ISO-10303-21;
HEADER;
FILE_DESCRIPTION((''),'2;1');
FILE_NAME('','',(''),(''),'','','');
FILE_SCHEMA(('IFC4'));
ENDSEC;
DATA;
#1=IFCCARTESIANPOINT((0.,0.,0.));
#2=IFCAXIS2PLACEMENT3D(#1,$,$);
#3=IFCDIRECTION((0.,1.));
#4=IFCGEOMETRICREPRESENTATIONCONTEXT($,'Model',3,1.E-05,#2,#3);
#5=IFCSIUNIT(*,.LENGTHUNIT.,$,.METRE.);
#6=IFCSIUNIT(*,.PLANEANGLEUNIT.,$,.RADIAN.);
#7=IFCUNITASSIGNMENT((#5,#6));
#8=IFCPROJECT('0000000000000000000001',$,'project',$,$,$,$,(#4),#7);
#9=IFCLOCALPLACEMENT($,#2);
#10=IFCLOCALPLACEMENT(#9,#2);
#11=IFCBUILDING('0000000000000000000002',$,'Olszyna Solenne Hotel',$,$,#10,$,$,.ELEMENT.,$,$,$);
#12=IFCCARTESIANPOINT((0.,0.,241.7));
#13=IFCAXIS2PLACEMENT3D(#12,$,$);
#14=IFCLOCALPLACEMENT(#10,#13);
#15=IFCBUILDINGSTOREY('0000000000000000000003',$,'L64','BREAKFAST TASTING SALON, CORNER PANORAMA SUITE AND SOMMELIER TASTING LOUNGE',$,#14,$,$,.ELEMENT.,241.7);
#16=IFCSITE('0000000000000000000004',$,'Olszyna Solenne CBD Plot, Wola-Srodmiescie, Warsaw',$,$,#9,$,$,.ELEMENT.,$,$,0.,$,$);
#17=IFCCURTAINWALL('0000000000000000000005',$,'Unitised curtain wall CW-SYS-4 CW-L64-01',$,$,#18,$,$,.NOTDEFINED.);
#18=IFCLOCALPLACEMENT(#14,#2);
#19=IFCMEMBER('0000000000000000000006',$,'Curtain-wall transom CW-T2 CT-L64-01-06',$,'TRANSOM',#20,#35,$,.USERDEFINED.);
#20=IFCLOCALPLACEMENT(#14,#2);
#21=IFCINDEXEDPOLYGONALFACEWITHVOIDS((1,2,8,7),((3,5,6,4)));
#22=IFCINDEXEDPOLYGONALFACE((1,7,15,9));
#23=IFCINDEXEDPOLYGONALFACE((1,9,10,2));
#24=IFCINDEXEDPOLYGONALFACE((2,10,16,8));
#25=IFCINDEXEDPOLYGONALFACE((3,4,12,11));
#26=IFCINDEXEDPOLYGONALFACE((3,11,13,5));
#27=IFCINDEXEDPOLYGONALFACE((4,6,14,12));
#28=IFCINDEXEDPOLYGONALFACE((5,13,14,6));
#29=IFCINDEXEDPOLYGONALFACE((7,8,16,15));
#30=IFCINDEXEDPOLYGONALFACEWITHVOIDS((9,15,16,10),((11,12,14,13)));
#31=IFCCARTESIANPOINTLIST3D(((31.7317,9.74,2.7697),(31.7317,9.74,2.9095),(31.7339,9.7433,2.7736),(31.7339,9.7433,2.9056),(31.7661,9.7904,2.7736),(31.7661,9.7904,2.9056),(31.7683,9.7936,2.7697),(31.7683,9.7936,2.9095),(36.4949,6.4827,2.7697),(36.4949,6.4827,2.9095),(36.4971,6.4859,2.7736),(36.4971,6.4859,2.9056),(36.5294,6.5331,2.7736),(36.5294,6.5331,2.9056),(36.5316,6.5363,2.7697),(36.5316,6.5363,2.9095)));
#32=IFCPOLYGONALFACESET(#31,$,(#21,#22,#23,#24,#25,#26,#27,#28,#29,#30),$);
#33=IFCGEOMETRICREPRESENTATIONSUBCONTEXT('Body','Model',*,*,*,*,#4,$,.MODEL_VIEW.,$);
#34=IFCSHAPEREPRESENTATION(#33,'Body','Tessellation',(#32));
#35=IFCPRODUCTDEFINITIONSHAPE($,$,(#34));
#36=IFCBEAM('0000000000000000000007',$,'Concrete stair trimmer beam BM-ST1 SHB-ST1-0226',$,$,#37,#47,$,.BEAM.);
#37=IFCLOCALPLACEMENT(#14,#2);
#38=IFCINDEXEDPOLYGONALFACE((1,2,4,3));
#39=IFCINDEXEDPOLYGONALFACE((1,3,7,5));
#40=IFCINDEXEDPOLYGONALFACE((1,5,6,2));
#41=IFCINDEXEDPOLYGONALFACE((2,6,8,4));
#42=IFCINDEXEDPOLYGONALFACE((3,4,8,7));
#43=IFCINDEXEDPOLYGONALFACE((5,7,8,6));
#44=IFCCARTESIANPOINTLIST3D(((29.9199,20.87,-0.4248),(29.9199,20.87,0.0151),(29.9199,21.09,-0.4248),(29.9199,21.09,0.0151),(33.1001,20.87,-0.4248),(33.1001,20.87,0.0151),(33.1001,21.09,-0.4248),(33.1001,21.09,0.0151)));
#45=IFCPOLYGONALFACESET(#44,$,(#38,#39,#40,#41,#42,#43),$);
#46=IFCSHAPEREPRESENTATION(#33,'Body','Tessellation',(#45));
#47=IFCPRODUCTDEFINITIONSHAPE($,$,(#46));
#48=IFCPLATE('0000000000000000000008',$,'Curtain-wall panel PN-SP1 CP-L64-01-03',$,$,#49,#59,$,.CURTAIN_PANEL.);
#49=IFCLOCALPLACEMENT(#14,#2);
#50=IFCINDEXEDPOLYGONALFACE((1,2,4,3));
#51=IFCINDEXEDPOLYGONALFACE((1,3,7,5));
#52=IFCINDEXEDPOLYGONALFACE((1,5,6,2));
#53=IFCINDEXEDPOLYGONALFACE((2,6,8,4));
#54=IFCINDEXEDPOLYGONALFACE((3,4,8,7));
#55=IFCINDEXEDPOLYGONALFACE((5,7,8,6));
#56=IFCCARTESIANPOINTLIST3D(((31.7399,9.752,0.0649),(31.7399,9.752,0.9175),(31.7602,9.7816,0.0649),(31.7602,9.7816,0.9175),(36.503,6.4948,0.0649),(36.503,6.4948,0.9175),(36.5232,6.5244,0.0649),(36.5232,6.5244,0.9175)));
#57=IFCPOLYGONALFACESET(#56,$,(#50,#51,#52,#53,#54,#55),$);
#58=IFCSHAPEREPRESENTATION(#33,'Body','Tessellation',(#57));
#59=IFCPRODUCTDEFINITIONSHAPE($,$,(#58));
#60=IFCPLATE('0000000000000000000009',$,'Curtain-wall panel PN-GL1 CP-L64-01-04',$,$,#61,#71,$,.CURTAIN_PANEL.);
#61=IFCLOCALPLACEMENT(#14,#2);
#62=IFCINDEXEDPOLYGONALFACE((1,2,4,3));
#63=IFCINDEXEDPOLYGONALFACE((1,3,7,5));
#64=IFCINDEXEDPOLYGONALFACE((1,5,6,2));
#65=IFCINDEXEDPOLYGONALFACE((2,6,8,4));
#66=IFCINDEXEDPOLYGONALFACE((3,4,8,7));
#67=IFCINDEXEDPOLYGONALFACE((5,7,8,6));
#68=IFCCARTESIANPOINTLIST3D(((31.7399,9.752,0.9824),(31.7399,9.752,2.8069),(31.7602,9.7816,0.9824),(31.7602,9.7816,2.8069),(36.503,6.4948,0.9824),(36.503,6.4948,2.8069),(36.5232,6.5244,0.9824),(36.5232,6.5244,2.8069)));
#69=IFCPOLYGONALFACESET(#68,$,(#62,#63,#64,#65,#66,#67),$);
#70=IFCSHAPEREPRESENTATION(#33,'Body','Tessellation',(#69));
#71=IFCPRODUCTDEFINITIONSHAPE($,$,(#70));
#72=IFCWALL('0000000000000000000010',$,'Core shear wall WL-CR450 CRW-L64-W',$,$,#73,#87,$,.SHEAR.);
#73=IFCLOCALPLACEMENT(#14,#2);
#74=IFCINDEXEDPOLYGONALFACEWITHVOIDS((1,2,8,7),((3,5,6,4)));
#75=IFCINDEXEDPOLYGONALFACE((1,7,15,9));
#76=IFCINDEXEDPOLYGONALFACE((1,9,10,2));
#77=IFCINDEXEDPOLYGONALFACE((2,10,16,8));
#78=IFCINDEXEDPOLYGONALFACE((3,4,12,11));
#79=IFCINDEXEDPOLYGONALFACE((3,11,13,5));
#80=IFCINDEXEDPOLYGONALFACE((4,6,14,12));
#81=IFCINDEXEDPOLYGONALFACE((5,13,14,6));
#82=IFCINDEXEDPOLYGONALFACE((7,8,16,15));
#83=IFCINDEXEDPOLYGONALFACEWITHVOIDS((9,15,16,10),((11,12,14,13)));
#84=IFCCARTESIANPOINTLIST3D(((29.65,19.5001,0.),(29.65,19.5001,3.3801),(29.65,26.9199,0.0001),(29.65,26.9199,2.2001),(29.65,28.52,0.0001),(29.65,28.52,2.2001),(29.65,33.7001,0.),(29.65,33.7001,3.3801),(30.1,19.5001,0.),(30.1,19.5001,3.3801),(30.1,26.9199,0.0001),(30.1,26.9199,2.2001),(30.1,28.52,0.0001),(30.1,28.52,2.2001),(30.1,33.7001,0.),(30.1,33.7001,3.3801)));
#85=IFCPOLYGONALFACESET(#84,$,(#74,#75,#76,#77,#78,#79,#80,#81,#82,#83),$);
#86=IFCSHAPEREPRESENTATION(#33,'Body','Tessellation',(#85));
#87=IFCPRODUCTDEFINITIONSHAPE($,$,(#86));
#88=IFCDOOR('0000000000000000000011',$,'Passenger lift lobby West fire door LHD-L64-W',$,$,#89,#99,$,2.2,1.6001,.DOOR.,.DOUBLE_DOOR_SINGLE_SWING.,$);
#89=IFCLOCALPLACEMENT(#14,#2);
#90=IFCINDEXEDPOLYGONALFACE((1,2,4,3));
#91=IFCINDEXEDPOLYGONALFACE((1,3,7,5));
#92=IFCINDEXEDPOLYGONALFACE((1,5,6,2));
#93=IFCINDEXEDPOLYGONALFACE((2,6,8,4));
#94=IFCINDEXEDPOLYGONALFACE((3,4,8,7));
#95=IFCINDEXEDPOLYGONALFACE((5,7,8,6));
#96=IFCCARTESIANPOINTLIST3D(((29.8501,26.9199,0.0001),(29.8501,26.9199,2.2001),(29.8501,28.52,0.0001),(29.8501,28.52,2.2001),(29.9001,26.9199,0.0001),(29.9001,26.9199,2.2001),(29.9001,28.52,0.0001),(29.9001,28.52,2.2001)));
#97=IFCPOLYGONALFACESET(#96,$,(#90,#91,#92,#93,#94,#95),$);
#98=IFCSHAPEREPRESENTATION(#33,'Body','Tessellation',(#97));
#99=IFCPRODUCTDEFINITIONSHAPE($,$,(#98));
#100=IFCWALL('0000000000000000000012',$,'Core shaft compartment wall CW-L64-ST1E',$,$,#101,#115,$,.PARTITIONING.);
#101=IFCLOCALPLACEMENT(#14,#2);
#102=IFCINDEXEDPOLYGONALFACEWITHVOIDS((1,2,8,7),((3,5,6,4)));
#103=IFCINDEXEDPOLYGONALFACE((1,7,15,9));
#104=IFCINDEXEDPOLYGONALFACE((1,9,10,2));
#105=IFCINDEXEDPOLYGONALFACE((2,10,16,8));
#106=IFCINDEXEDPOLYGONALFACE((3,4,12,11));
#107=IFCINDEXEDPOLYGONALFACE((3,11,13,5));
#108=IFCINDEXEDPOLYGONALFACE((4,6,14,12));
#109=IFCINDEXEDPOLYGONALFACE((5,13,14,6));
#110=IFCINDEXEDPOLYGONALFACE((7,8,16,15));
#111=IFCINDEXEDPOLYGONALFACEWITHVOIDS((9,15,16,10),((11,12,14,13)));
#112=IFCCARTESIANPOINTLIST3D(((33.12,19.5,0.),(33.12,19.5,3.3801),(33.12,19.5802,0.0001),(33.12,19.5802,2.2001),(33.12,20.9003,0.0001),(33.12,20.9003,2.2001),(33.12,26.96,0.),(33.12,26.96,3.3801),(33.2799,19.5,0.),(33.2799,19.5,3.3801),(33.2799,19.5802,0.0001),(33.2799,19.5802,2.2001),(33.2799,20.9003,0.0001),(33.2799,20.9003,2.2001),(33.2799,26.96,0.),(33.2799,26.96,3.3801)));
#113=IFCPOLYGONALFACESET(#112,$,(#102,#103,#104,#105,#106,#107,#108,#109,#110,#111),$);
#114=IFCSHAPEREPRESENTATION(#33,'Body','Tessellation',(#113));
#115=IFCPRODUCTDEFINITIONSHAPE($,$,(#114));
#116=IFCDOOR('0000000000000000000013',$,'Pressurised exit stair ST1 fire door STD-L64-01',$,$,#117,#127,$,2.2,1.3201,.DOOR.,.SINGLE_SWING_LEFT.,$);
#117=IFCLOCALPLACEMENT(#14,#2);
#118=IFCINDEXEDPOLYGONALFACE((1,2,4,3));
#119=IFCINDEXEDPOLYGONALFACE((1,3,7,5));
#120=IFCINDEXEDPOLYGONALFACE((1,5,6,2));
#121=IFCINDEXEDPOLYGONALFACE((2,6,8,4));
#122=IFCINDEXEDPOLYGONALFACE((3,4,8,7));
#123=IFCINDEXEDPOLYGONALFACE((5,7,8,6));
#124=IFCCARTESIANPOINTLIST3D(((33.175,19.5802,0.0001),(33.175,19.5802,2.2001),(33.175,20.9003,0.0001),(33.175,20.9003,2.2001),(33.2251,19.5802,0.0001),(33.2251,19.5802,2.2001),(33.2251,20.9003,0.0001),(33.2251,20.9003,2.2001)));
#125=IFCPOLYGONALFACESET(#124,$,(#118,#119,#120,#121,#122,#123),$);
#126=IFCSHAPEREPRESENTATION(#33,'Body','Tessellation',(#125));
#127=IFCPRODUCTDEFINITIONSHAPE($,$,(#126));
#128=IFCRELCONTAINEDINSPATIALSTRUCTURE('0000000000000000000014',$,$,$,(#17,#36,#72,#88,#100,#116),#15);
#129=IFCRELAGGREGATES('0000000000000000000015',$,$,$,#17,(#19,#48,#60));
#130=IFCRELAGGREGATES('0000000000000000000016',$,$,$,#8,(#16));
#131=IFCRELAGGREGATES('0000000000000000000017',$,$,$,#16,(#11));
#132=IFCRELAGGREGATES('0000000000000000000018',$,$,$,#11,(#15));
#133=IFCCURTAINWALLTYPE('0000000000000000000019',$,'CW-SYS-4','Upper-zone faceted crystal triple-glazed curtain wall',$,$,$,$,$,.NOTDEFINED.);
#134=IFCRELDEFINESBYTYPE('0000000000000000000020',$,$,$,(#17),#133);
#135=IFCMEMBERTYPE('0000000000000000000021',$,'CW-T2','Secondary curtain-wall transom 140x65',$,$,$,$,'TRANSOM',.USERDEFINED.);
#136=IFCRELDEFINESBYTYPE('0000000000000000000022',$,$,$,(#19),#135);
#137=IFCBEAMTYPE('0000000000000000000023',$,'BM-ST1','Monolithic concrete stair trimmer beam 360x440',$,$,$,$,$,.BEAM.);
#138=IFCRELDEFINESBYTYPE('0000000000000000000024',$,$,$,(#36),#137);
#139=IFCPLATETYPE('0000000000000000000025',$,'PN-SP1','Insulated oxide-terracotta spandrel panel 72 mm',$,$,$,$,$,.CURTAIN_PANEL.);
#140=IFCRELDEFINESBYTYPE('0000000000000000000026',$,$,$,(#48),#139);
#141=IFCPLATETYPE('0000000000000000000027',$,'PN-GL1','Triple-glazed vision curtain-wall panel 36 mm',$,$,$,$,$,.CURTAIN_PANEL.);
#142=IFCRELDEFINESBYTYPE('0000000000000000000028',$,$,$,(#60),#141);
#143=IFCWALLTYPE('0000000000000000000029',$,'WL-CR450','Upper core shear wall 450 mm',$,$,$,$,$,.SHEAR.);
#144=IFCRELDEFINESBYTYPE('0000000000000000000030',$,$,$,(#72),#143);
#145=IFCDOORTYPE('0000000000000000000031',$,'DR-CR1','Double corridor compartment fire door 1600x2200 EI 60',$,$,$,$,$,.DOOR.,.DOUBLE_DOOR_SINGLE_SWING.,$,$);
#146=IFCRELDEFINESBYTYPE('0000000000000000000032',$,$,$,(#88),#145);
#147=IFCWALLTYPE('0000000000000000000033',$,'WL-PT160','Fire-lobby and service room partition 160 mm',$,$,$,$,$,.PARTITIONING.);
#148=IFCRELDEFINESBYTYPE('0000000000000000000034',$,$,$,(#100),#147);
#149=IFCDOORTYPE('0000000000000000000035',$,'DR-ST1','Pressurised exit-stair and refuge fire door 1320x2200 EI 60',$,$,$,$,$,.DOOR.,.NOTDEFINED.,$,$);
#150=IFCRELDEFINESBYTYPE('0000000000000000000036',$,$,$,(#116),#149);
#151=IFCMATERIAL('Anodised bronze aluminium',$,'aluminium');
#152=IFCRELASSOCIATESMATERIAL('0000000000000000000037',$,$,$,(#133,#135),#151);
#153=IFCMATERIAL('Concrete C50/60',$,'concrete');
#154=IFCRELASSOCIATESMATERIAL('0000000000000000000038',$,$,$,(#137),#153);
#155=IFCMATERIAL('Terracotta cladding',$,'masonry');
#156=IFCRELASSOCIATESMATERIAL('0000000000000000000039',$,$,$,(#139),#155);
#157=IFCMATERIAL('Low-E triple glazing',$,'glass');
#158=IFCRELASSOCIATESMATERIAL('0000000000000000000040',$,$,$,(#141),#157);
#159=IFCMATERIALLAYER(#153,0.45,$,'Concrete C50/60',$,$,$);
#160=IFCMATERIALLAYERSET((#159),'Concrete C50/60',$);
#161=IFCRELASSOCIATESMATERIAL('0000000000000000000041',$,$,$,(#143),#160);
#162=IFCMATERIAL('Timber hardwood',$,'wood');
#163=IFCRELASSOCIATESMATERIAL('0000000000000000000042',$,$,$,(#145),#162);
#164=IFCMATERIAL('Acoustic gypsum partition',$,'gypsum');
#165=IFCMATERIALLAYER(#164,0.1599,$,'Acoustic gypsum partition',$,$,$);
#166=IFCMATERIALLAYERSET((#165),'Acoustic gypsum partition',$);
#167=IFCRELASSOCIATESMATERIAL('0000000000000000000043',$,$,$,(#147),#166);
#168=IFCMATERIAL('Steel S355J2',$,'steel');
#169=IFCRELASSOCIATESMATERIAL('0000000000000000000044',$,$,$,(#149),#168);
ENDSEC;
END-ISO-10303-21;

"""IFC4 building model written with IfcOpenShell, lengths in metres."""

from ifc_helpers import new_model, si_unit, direction, frame, frame_2d, origin, origin_2d, place, context, subcontext, project, spatial, rectangle, hollow_rectangle, extrude, source, transform, mapped, material, layer, layer_set, material_profile, profile_set, type_object, type_shapes, element, fill, aggregate, save


model = new_model("IFC4")

# Units and contexts
model_context = context("Model", 3, precision=1e-05, world=origin(), true_north=direction((0.0, 1.0)))
body_context = subcontext(model_context, "Body", "Model", "MODEL_VIEW")
ifc_project = project(units=[si_unit("LENGTHUNIT", "METRE"), si_unit("PLANEANGLEUNIT", "RADIAN")], contexts=[model_context])

# Site, building, storey
site_placement = place(None, origin())
site = spatial("IfcSite", under=ifc_project, at=site_placement, Name="Olszyna Solenne CBD Plot, Wola-Srodmiescie, Warsaw", CompositionType="ELEMENT", RefElevation=0.0)
building_placement = place(site_placement, origin())
building = spatial("IfcBuilding", under=site, at=building_placement, Name="Olszyna Solenne Hotel", CompositionType="ELEMENT")
storey_placement = place(building_placement, frame((0.0, 0.0, 241.7)))
storey = spatial("IfcBuildingStorey", under=building, at=storey_placement, Name="L64", Description="BREAKFAST TASTING SALON, CORNER PANORAMA SUITE AND SOMMELIER TASTING LOUNGE", CompositionType="ELEMENT", Elevation=241.7)

# Shared definitions
ifc_material_1 = material(Name="Steel S355J2", Category="steel")

# Curtain wall, member
ifc_material_2 = material(Name="Anodised bronze aluminium", Category="aluminium")
curtain_wall_type = type_object("IfcCurtainWallType", Name="CW-SYS-4", Description="Upper-zone faceted crystal triple-glazed curtain wall", PredefinedType="NOTDEFINED", material=ifc_material_2)
curtain_wall_placement = place(storey_placement, origin())
curtain_wall = element("IfcCurtainWall", 1, at=curtain_wall_placement, inside=storey, type_object=curtain_wall_type, Name="Unitised curtain wall CW-SYS-4 CW-L64-01", PredefinedType="NOTDEFINED")
ifc_material_profile_1 = material_profile(ifc_material_2, hollow_rectangle(XDim=0.0649, YDim=0.1399, WallThickness=0.0039, at=origin_2d()), Name="TRAN 140x65x4", Category="load-bearing")
ifc_profile_set_1 = profile_set([ifc_material_profile_1], Name="Anodised bronze aluminium")
member_type_1 = type_object("IfcMemberType", Name="CW-T2", Description="Secondary curtain-wall transom 140x65", ElementType="TRANSOM", PredefinedType="USERDEFINED", material=ifc_profile_set_1)
shared_shape_1 = source(origin(), body_context, "Body", "SweptSolid", [
    extrude(hollow_rectangle(XDim=0.0649, YDim=0.1399, WallThickness=0.0039, at=origin_2d()), origin(), (0.0, 0.0, 1.0), 5.7705),
])
member_1_placement = place(storey_placement, frame((31.75, 9.7668, 2.8396), z_axis=(0.825444, -0.564484, 0.0), x_axis=(0.564484, 0.825444, 0.0)))
member_1 = element("IfcMember", 2, at=member_1_placement, type_object=member_type_1, Name="Curtain-wall transom CW-T2 CT-L64-01-06", ObjectType="TRANSOM", PredefinedType="USERDEFINED", context=body_context, shape_type="MappedRepresentation", body=[
    mapped(shared_shape_1, transform((0.0, 0.0, 0.0), x_axis=(1.0, 0.0, 0.0), y_axis=(0.0, 1.0, 0.0), z_axis=(0.0, 0.0, 1.0), scale=1.0)),
])

# Beam
ifc_material_3 = material(Name="Concrete C50/60", Category="concrete")
ifc_material_profile_2 = material_profile(ifc_material_3, rectangle(XDim=0.22, YDim=0.4399, at=origin_2d()), Name="RC 220x440", Category="load-bearing")
ifc_profile_set_2 = profile_set([ifc_material_profile_2], Name="Concrete C50/60")
beam_type_1 = type_object("IfcBeamType", Name="BM-ST1", Description="Monolithic concrete stair trimmer beam 360x440", PredefinedType="BEAM", material=ifc_profile_set_2)
shared_shape_2 = source(origin(), body_context, "Body", "SweptSolid", [
    extrude(rectangle(XDim=0.22, YDim=0.4399, at=origin_2d()), origin(), (0.0, 0.0, 1.0), 3.1802),
])
beam_1_placement = place(storey_placement, frame((33.1001, 20.98, -0.2048), z_axis=(-1.0, 0.0, 0.0), x_axis=(0.0, -1.0, 0.0)))
element("IfcBeam", 3, at=beam_1_placement, inside=storey, type_object=beam_type_1, Name="Concrete stair trimmer beam BM-ST1 SHB-ST1-0226", PredefinedType="BEAM", context=body_context, shape_type="MappedRepresentation", body=[
    mapped(shared_shape_2, transform((0.0, 0.0, 0.0), x_axis=(1.0, 0.0, 0.0), y_axis=(0.0, 1.0, 0.0), z_axis=(0.0, 0.0, 1.0), scale=1.0)),
])

# Plates
ifc_material_4 = material(Name="Terracotta cladding", Category="masonry")
plate_type_1 = type_object("IfcPlateType", Name="PN-SP1", Description="Insulated oxide-terracotta spandrel panel 72 mm", PredefinedType="CURTAIN_PANEL", material=ifc_material_4)
shared_shape_3 = source(origin(), body_context, "Body", "SweptSolid", [
    extrude(rectangle(XDim=5.7703, YDim=0.0359, at=origin_2d()), origin(), (0.0, 0.0, 1.0), 0.8525),
])
plate_1_placement = place(storey_placement, frame((34.1316, 8.1382, 0.0649), z_axis=(0.0, 0.0, 1.0), x_axis=(0.825447, -0.56448, 0.0)))
plate_1 = element("IfcPlate", 4, at=plate_1_placement, type_object=plate_type_1, Name="Curtain-wall panel PN-SP1 CP-L64-01-03", PredefinedType="CURTAIN_PANEL", context=body_context, shape_type="MappedRepresentation", body=[
    mapped(shared_shape_3, transform((0.0, 0.0, 0.0), x_axis=(1.0, 0.0, 0.0), y_axis=(0.0, 1.0, 0.0), z_axis=(0.0, 0.0, 1.0), scale=1.0)),
])
ifc_material_5 = material(Name="Low-E triple glazing", Category="glass")
plate_type_2 = type_object("IfcPlateType", Name="PN-GL1", Description="Triple-glazed vision curtain-wall panel 36 mm", PredefinedType="CURTAIN_PANEL", material=ifc_material_5)
shared_shape_4 = source(origin(), body_context, "Body", "SweptSolid", [
    extrude(rectangle(XDim=5.7703, YDim=0.0359, at=origin_2d()), origin(), (0.0, 0.0, 1.0), 1.8245),
])
plate_2_placement = place(storey_placement, frame((34.1316, 8.1382, 0.9824), z_axis=(0.0, 0.0, 1.0), x_axis=(0.825447, -0.56448, 0.0)))
plate_2 = element("IfcPlate", 5, at=plate_2_placement, type_object=plate_type_2, Name="Curtain-wall panel PN-GL1 CP-L64-01-04", PredefinedType="CURTAIN_PANEL", context=body_context, shape_type="MappedRepresentation", body=[
    mapped(shared_shape_4, transform((0.0, 0.0, 0.0), x_axis=(1.0, 0.0, 0.0), y_axis=(0.0, 1.0, 0.0), z_axis=(0.0, 0.0, 1.0), scale=1.0)),
])
aggregate(curtain_wall, [member_1, plate_1, plate_2])

# Walls, openings, doors
ifc_layer_1 = layer(ifc_material_3, 0.45, Name="Concrete C50/60")
ifc_layer_set_1 = layer_set([ifc_layer_1], Name="Concrete C50/60")
wall_type_1 = type_object("IfcWallType", Name="WL-CR450", Description="Upper core shear wall 450 mm", PredefinedType="SHEAR", material=ifc_layer_set_1)
wall_1_placement = place(storey_placement, frame((29.875, 19.5, 0.0), z_axis=(0.0, 0.0, 1.0), x_axis=(0.0, 1.0, 0.0)))
wall_1 = element("IfcWall", 6, at=wall_1_placement, inside=storey, type_object=wall_type_1, Name="Core shear wall WL-CR450 CRW-L64-W", PredefinedType="SHEAR", context=body_context, shape_type="SweptSolid", body=[
    extrude(rectangle(XDim=14.2, YDim=0.45, at=frame_2d((7.1001, 0.0))), origin(), (0.0, 0.0, 1.0), 3.3801),
])
opening_1_placement = place(wall_1_placement, frame((7.4199, 0.0, 0.0)))
opening_1 = element("IfcOpeningElement", 7, at=opening_1_placement, cuts=wall_1, PredefinedType="OPENING", context=body_context, shape_type="SweptSolid", body=[
    extrude(rectangle(XDim=1.6001, YDim=2.2, at=frame_2d((0.8, 1.1001))), frame((0.0, 0.2349, 0.0), z_axis=(0.0, -1.0, 0.0), x_axis=(1.0, 0.0, 0.0)), (0.0, 0.0, 1.0), 0.47),
])
ifc_material_6 = material(Name="Timber hardwood", Category="wood")
door_type_1 = type_object("IfcDoorType", Name="DR-CR1", Description="Double corridor compartment fire door 1600x2200 EI 60", OperationType="DOUBLE_DOOR_SINGLE_SWING", PredefinedType="DOOR", material=ifc_material_6)
shared_shape_5 = source(origin(), body_context, "Body", "SweptSolid", [
    extrude(rectangle(XDim=1.6001, YDim=2.2, at=frame_2d((0.8, 1.1001))), frame((0.0, 0.0249, 0.0), z_axis=(0.0, -1.0, 0.0), x_axis=(1.0, 0.0, 0.0)), (0.0, 0.0, 1.0), 0.05),
])
type_shapes(door_type_1, [shared_shape_5])
door_1_placement = place(opening_1_placement, origin())
door_1 = element("IfcDoor", 8, at=door_1_placement, inside=storey, type_object=door_type_1, Name="Passenger lift lobby West fire door LHD-L64-W", OperationType="DOUBLE_DOOR_SINGLE_SWING", OverallHeight=2.2, OverallWidth=1.6001, PredefinedType="DOOR", context=body_context, shape_type="MappedRepresentation", body=[
    mapped(shared_shape_5, transform((0.0, 0.0, 0.0), x_axis=(1.0, 0.0, 0.0), y_axis=(0.0, 1.0, 0.0), z_axis=(0.0, 0.0, 1.0), scale=1.0)),
])
fill(opening_1, door_1)
ifc_material_7 = material(Name="Acoustic gypsum partition", Category="gypsum")
ifc_layer_2 = layer(ifc_material_7, 0.1599, Name="Acoustic gypsum partition")
ifc_layer_set_2 = layer_set([ifc_layer_2], Name="Acoustic gypsum partition")
wall_type_2 = type_object("IfcWallType", Name="WL-PT160", Description="Fire-lobby and service room partition 160 mm", PredefinedType="PARTITIONING", material=ifc_layer_set_2)
wall_2_placement = place(storey_placement, frame((33.2, 19.5, 0.0), z_axis=(0.0, 0.0, 1.0), x_axis=(0.0, 1.0, 0.0)))
wall_2 = element("IfcWall", 9, at=wall_2_placement, inside=storey, type_object=wall_type_2, Name="Core shaft compartment wall CW-L64-ST1E", PredefinedType="PARTITIONING", context=body_context, shape_type="SweptSolid", body=[
    extrude(rectangle(XDim=7.46, YDim=0.1599, at=frame_2d((3.73, 0.0))), origin(), (0.0, 0.0, 1.0), 3.3801),
])
opening_2_placement = place(wall_2_placement, frame((0.0801, 0.0, 0.0)))
opening_2 = element("IfcOpeningElement", 10, at=opening_2_placement, cuts=wall_2, PredefinedType="OPENING", context=body_context, shape_type="SweptSolid", body=[
    extrude(rectangle(XDim=1.3201, YDim=2.2, at=frame_2d((0.6602, 1.1001))), frame((0.0, 0.0898, 0.0), z_axis=(0.0, -1.0, 0.0), x_axis=(1.0, 0.0, 0.0)), (0.0, 0.0, 1.0), 0.1799),
])
door_type_2 = type_object("IfcDoorType", Name="DR-ST1", Description="Pressurised exit-stair and refuge fire door 1320x2200 EI 60", OperationType="NOTDEFINED", PredefinedType="DOOR", material=ifc_material_1)
shared_shape_6 = source(origin(), body_context, "Body", "SweptSolid", [
    extrude(rectangle(XDim=1.3201, YDim=2.2, at=frame_2d((0.6602, 1.1001))), frame((0.0, 0.0249, 0.0), z_axis=(0.0, -1.0, 0.0), x_axis=(1.0, 0.0, 0.0)), (0.0, 0.0, 1.0), 0.05),
])
type_shapes(door_type_2, [shared_shape_6])
door_2_placement = place(opening_2_placement, origin())
door_2 = element("IfcDoor", 11, at=door_2_placement, inside=storey, type_object=door_type_2, Name="Pressurised exit stair ST1 fire door STD-L64-01", OperationType="SINGLE_SWING_LEFT", OverallHeight=2.2, OverallWidth=1.3201, PredefinedType="DOOR", context=body_context, shape_type="MappedRepresentation", body=[
    mapped(shared_shape_6, transform((0.0, 0.0, 0.0), x_axis=(1.0, 0.0, 0.0), y_axis=(0.0, 1.0, 0.0), z_axis=(0.0, 0.0, 1.0), scale=1.0)),
])
fill(opening_2, door_2)

save(model, "model.ifc")
